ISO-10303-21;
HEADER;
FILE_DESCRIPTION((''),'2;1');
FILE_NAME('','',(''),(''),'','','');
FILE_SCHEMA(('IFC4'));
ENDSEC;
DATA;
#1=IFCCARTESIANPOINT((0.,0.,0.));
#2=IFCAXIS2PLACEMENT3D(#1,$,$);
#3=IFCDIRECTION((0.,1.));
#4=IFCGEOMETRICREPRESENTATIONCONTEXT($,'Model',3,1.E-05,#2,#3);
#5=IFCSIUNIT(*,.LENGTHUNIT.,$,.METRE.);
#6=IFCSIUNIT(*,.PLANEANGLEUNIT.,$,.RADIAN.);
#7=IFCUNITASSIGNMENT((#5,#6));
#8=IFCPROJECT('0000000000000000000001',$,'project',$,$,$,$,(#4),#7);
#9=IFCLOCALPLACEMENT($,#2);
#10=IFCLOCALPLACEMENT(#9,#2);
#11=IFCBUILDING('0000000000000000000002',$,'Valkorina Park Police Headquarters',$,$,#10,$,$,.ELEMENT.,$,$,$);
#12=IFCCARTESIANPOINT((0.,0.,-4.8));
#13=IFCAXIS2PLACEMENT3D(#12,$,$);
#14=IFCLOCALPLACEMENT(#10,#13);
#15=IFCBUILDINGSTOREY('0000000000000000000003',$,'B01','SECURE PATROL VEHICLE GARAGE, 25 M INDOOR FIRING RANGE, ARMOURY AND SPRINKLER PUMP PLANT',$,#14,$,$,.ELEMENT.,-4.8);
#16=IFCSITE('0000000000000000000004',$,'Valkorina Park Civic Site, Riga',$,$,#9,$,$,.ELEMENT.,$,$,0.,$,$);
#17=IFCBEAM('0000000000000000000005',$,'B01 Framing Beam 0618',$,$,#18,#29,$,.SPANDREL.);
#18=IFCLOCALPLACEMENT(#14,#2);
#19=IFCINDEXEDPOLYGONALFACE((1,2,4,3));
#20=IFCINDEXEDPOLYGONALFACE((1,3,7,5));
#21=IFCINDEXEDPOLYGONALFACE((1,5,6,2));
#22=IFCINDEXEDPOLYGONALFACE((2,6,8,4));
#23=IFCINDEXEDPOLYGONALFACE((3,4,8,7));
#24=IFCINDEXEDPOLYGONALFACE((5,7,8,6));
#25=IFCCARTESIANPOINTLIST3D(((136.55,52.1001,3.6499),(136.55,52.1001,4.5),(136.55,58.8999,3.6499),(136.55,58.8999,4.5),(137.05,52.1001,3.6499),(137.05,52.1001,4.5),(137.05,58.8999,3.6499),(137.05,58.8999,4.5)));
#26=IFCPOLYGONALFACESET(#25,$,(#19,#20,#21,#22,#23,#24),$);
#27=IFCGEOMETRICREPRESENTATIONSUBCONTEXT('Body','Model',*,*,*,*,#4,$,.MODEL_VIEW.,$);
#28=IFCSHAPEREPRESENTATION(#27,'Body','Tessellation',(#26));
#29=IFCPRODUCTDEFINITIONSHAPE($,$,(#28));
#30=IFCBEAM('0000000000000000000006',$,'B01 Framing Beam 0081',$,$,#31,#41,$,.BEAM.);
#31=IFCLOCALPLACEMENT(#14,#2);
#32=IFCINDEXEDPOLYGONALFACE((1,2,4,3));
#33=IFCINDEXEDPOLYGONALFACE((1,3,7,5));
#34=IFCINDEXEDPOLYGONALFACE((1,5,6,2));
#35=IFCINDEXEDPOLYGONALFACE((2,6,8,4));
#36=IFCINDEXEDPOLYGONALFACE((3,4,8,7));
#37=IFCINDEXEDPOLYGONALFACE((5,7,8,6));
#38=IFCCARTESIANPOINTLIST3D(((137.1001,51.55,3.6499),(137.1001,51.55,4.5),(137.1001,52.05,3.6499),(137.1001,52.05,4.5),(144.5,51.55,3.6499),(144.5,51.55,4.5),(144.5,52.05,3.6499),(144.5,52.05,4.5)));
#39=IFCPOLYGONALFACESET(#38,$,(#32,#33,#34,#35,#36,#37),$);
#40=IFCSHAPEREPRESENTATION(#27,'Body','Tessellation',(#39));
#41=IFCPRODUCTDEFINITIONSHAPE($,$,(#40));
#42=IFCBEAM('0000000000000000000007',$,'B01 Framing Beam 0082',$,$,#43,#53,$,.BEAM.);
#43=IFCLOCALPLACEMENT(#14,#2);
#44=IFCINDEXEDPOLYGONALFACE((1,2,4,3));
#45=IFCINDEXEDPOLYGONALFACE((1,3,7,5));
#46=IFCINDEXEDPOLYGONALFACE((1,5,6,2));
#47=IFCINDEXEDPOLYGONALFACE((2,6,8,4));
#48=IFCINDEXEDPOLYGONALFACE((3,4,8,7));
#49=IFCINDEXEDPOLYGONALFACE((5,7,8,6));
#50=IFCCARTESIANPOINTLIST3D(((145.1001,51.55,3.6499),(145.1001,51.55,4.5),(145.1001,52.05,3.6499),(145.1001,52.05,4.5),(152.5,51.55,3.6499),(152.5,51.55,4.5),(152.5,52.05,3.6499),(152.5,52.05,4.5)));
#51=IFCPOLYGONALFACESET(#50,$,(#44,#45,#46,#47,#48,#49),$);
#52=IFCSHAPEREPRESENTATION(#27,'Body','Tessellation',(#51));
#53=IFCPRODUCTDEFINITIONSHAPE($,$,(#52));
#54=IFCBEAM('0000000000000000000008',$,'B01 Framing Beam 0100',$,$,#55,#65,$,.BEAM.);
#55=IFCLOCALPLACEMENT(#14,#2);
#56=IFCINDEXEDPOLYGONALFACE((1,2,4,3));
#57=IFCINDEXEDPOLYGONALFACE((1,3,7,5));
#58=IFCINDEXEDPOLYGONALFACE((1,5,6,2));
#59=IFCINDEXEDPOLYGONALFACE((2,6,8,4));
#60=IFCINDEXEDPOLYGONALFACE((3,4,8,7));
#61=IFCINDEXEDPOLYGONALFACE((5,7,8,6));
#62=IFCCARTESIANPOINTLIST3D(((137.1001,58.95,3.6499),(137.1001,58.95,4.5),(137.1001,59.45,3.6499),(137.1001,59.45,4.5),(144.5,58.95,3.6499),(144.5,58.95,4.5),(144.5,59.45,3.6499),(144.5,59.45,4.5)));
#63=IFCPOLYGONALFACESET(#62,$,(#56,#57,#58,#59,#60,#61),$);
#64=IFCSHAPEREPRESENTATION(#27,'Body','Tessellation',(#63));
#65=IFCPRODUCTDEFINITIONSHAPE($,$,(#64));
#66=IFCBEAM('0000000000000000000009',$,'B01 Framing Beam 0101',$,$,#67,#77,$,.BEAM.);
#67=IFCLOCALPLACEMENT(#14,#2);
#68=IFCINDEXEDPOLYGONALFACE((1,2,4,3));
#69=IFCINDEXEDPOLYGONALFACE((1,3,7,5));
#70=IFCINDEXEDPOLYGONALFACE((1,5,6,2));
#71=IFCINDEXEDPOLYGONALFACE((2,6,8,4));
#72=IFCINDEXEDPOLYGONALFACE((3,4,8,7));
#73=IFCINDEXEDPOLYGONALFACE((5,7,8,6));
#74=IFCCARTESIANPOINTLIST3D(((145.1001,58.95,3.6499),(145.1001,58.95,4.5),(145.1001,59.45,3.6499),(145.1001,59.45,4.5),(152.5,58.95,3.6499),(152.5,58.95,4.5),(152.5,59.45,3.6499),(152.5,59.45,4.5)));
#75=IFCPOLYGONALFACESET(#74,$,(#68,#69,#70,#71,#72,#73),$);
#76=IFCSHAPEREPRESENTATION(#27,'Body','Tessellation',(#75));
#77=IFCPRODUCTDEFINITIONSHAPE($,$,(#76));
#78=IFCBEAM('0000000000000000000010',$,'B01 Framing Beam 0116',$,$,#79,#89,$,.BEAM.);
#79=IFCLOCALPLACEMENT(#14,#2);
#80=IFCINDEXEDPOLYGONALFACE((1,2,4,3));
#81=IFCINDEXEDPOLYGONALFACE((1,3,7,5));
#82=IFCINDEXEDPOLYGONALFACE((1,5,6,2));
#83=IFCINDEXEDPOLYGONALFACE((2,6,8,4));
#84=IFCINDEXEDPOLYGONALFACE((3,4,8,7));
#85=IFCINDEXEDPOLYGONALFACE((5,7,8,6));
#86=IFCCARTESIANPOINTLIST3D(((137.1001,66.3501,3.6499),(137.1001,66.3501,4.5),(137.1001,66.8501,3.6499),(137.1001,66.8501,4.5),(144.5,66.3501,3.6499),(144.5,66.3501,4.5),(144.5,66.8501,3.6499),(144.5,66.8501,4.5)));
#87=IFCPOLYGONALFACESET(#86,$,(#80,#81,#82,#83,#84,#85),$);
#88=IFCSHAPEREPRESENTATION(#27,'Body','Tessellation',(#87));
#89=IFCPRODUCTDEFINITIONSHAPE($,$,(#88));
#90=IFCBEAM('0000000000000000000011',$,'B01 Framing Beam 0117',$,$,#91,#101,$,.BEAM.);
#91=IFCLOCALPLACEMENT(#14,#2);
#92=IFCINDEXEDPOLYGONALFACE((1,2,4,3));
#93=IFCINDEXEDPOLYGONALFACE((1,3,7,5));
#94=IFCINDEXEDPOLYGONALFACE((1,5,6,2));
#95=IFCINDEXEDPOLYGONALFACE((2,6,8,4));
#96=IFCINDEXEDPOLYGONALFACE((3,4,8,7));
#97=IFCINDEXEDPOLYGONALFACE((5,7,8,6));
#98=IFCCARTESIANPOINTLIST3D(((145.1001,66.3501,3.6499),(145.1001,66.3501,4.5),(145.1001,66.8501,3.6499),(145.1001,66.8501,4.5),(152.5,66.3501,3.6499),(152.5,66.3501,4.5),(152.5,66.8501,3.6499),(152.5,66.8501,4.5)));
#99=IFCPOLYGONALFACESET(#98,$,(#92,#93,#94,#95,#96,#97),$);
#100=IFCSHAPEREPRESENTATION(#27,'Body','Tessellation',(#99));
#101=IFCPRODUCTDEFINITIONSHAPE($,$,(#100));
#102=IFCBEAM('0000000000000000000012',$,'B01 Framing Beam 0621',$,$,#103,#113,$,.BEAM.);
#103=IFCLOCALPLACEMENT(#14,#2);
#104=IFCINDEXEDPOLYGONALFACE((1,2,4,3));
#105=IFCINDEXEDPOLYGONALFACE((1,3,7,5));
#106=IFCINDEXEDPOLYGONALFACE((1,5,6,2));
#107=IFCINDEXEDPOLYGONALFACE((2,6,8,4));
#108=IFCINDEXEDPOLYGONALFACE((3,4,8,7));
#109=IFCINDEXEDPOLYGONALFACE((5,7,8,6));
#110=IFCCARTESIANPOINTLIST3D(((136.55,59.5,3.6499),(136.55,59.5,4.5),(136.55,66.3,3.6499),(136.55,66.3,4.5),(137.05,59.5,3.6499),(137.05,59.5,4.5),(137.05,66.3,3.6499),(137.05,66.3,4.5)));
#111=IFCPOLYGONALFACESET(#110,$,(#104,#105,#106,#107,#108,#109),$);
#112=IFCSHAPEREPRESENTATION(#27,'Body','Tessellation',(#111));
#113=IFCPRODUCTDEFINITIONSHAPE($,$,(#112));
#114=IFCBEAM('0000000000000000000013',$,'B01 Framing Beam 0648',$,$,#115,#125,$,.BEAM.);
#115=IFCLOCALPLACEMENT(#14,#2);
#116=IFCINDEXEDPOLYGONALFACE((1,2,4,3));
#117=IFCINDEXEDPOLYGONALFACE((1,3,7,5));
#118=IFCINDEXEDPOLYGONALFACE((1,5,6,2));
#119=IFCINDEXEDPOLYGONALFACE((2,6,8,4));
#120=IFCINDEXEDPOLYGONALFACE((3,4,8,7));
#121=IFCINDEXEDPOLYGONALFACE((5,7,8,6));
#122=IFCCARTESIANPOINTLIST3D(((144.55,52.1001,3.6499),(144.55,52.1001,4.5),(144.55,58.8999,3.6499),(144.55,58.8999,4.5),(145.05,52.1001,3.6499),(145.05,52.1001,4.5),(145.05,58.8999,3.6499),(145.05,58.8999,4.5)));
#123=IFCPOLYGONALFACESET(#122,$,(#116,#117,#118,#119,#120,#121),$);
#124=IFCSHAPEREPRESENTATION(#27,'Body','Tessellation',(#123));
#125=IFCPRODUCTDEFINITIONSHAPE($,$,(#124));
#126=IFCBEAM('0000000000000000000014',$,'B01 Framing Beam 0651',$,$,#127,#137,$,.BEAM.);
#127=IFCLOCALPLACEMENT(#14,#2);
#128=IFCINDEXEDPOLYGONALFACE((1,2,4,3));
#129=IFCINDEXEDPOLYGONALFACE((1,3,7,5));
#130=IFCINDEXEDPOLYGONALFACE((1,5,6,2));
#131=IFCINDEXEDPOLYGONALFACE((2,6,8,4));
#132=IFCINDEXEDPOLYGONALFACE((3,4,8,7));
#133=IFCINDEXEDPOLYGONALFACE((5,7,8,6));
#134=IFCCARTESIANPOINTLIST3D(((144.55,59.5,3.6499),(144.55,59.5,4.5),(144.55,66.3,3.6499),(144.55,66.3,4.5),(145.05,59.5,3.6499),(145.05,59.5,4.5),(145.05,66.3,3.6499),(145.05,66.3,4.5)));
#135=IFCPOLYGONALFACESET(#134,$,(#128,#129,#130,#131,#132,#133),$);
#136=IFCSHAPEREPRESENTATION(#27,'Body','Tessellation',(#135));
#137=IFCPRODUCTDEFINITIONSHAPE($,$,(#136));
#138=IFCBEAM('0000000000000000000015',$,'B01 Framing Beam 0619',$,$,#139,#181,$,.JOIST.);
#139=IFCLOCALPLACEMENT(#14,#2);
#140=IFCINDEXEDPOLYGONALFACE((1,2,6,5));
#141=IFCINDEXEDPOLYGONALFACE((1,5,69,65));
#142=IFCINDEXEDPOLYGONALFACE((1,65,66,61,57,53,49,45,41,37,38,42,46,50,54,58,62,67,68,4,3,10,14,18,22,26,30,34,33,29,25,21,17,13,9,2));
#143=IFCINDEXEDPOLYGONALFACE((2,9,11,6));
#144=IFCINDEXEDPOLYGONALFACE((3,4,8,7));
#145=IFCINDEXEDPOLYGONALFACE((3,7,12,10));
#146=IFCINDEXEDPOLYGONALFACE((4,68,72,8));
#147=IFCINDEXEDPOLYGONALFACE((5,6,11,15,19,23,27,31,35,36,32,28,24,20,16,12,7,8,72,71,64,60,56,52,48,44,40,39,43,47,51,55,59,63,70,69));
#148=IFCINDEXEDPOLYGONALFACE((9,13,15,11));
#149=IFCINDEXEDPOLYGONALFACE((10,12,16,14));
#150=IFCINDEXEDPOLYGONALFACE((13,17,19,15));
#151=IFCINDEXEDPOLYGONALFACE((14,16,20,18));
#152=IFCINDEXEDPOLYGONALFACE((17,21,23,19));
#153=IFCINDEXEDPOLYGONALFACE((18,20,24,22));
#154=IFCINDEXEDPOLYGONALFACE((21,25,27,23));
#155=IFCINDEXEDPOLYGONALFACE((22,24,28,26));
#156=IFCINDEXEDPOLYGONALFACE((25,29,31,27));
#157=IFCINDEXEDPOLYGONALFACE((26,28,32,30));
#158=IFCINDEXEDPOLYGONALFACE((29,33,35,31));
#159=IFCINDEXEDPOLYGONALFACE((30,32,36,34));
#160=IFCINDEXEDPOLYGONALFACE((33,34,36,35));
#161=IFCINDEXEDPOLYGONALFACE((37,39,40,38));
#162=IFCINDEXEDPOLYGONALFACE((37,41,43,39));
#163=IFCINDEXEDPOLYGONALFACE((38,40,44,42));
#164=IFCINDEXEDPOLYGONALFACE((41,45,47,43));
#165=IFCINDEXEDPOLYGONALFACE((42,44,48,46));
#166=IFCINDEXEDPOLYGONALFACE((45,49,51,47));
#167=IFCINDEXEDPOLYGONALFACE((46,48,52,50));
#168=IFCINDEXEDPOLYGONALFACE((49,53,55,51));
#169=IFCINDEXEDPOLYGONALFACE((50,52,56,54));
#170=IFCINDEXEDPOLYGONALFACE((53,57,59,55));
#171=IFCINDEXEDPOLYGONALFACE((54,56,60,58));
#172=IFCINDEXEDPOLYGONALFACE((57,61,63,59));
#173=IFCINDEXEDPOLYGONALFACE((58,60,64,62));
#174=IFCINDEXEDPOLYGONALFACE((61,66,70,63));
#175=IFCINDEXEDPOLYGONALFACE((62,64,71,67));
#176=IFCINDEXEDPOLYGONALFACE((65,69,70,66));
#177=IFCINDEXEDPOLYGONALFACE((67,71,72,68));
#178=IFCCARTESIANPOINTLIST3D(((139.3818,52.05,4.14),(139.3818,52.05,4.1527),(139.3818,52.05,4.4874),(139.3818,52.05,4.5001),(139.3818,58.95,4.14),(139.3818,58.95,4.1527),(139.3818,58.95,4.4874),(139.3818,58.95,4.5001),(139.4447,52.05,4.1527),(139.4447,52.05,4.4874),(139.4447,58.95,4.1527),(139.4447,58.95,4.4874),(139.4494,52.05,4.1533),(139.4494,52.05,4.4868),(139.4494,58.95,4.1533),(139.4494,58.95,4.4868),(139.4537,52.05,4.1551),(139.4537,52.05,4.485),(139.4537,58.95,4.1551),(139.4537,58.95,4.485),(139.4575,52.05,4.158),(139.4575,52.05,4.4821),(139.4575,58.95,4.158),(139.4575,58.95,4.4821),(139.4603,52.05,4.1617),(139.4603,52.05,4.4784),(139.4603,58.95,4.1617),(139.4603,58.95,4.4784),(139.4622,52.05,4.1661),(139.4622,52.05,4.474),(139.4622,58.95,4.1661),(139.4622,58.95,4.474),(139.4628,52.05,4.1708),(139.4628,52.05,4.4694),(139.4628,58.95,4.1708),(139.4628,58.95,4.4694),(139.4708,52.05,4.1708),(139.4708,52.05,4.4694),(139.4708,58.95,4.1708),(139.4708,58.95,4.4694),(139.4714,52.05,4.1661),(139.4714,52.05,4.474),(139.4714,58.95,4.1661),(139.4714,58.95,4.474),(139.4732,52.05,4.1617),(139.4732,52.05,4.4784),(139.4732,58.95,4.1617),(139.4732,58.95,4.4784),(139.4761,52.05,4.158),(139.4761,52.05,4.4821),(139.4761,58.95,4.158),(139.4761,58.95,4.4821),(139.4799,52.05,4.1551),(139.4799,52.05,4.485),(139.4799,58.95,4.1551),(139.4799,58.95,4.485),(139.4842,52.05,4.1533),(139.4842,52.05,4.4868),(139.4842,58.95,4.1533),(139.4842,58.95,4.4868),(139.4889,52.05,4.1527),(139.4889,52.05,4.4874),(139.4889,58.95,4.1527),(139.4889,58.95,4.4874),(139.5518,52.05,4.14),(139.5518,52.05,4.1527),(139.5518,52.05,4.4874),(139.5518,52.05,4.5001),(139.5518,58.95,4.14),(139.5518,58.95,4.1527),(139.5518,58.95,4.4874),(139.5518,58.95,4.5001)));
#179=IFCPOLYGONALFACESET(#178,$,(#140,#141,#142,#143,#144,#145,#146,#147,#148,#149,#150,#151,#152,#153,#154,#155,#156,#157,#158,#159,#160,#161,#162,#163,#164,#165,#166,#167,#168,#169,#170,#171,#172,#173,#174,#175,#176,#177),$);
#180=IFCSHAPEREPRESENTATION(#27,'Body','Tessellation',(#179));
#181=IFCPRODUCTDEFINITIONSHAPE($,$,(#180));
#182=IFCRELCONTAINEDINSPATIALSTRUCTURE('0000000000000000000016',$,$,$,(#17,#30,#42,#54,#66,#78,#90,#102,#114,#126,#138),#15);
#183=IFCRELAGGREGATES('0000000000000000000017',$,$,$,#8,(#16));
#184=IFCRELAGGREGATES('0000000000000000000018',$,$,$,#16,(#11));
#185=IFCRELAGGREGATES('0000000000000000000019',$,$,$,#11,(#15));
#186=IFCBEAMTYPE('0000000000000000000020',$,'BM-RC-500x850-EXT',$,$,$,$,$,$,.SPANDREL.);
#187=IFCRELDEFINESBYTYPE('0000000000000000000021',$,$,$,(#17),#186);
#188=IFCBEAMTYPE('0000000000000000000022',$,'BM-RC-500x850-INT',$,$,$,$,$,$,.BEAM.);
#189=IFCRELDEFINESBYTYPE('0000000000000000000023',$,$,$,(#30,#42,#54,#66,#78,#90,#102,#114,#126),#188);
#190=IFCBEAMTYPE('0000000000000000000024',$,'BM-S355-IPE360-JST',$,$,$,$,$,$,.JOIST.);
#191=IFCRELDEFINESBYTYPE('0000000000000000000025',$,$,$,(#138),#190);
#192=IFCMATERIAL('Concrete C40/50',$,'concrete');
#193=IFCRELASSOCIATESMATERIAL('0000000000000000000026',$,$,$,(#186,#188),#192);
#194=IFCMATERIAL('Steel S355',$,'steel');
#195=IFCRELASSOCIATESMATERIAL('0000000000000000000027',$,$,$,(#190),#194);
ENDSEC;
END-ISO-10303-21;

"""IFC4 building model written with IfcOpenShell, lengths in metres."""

from ifc_helpers import new_model, si_unit, direction, frame, origin, origin_2d, place, context, subcontext, project, spatial, rectangle, i_section, extrude, material, material_profile, profile_set, type_object, element, save


model = new_model("IFC4")

# Units and contexts
model_context = context("Model", 3, precision=1e-05, world=origin(), true_north=direction((0.0, 1.0)))
body_context = subcontext(model_context, "Body", "Model", "MODEL_VIEW")
ifc_project = project(units=[si_unit("LENGTHUNIT", "METRE"), si_unit("PLANEANGLEUNIT", "RADIAN")], contexts=[model_context])

# Site, building, storey
site_placement = place(None, origin())
site = spatial("IfcSite", under=ifc_project, at=site_placement, Name="Valkorina Park Civic Site, Riga", CompositionType="ELEMENT", RefElevation=0.0)
building_placement = place(site_placement, origin())
building = spatial("IfcBuilding", under=site, at=building_placement, Name="Valkorina Park Police Headquarters", CompositionType="ELEMENT")
storey_placement = place(building_placement, frame((0.0, 0.0, -4.8)))
storey = spatial("IfcBuildingStorey", under=building, at=storey_placement, Name="B01", Description="SECURE PATROL VEHICLE GARAGE, 25 M INDOOR FIRING RANGE, ARMOURY AND SPRINKLER PUMP PLANT", CompositionType="ELEMENT", Elevation=-4.8)

# Shared definitions
ifc_material_1 = material(Name="Concrete C40/50", Category="concrete")

# Beams
ifc_material_profile_1 = material_profile(ifc_material_1, rectangle(XDim=0.5, YDim=0.8501, at=origin_2d()), Name="RC BEAM 500x850")
ifc_profile_set_1 = profile_set([ifc_material_profile_1], Name="Concrete C40/50")
beam_type_1 = type_object("IfcBeamType", Name="BM-RC-500x850-EXT", PredefinedType="SPANDREL", material=ifc_profile_set_1)
beam_1_placement = place(storey_placement, frame((136.8, 52.1001, 4.075), z_axis=(0.0, 1.0, 0.0), x_axis=(-1.0, 0.0, 0.0)))
element("IfcBeam", 1, at=beam_1_placement, inside=storey, type_object=beam_type_1, Name="B01 Framing Beam 0618", PredefinedType="SPANDREL", context=body_context, shape_type="SweptSolid", body=[
    extrude(rectangle(XDim=0.5, YDim=0.8501, at=origin_2d()), origin(), (0.0, 0.0, 1.0), 6.7998),
])
ifc_material_profile_2 = material_profile(ifc_material_1, rectangle(XDim=0.5, YDim=0.8501, at=origin_2d()), Name="RC BEAM 500x850")
ifc_profile_set_2 = profile_set([ifc_material_profile_2], Name="Concrete C40/50")
beam_type_2 = type_object("IfcBeamType", Name="BM-RC-500x850-INT", PredefinedType="BEAM", material=ifc_profile_set_2)
for number, where, z_axis, x_axis, name in (
    (2, (137.1001, 51.8, 4.075), (1.0, 0.0, 0.0), (0.0, 1.0, 0.0), "B01 Framing Beam 0081"),
    (3, (145.1001, 51.8, 4.075), (1.0, 0.0, 0.0), (0.0, 1.0, 0.0), "B01 Framing Beam 0082"),
    (4, (137.1001, 59.2, 4.075), (1.0, 0.0, 0.0), (0.0, 1.0, 0.0), "B01 Framing Beam 0100"),
    (5, (145.1001, 59.2, 4.075), (1.0, 0.0, 0.0), (0.0, 1.0, 0.0), "B01 Framing Beam 0101"),
    (6, (137.1001, 66.6001, 4.075), (1.0, 0.0, 0.0), (0.0, 1.0, 0.0), "B01 Framing Beam 0116"),
    (7, (145.1001, 66.6001, 4.075), (1.0, 0.0, 0.0), (0.0, 1.0, 0.0), "B01 Framing Beam 0117"),
):
    element("IfcBeam", number, at=place(storey_placement, frame(where, z_axis=z_axis, x_axis=x_axis)), inside=storey, type_object=beam_type_2, Name=name, PredefinedType="BEAM", context=body_context, shape_type="SweptSolid", body=[
        extrude(rectangle(XDim=0.5, YDim=0.8501, at=origin_2d()), origin(), (0.0, 0.0, 1.0), 7.3999),
    ])
beam_2_placement = place(storey_placement, frame((136.8, 59.5, 4.075), z_axis=(0.0, 1.0, 0.0), x_axis=(-1.0, 0.0, 0.0)))
element("IfcBeam", 8, at=beam_2_placement, inside=storey, type_object=beam_type_2, Name="B01 Framing Beam 0621", PredefinedType="BEAM", context=body_context, shape_type="SweptSolid", body=[
    extrude(rectangle(XDim=0.5, YDim=0.8501, at=origin_2d()), origin(), (0.0, 0.0, 1.0), 6.8),
])
beam_3_placement = place(storey_placement, frame((144.8, 52.1001, 4.075), z_axis=(0.0, 1.0, 0.0), x_axis=(-1.0, 0.0, 0.0)))
element("IfcBeam", 9, at=beam_3_placement, inside=storey, type_object=beam_type_2, Name="B01 Framing Beam 0648", PredefinedType="BEAM", context=body_context, shape_type="SweptSolid", body=[
    extrude(rectangle(XDim=0.5, YDim=0.8501, at=origin_2d()), origin(), (0.0, 0.0, 1.0), 6.7998),
])
beam_4_placement = place(storey_placement, frame((144.8, 59.5, 4.075), z_axis=(0.0, 1.0, 0.0), x_axis=(-1.0, 0.0, 0.0)))
element("IfcBeam", 10, at=beam_4_placement, inside=storey, type_object=beam_type_2, Name="B01 Framing Beam 0651", PredefinedType="BEAM", context=body_context, shape_type="SweptSolid", body=[
    extrude(rectangle(XDim=0.5, YDim=0.8501, at=origin_2d()), origin(), (0.0, 0.0, 1.0), 6.8),
])
ifc_material_2 = material(Name="Steel S355", Category="steel")
ifc_material_profile_3 = material_profile(ifc_material_2, i_section(OverallWidth=0.1699, OverallDepth=0.3601, WebThickness=0.0081, FlangeThickness=0.0127, FilletRadius=0.0181, at=origin_2d()), Name="IPE 360")
ifc_profile_set_3 = profile_set([ifc_material_profile_3], Name="Steel S355")
beam_type_3 = type_object("IfcBeamType", Name="BM-S355-IPE360-JST", PredefinedType="JOIST", material=ifc_profile_set_3)
for number, where, z_axis, x_axis, name in (
    (11, (139.4668, 52.05, 4.3201), (0.0, 1.0, 0.0), (-1.0, 0.0, 0.0), "B01 Framing Beam 0619"),
):
    element("IfcBeam", number, at=place(storey_placement, frame(where, z_axis=z_axis, x_axis=x_axis)), inside=storey, type_object=beam_type_3, Name=name, PredefinedType="JOIST", context=body_context, shape_type="SweptSolid", body=[
        extrude(i_section(OverallWidth=0.1699, OverallDepth=0.3601, WebThickness=0.0081, FlangeThickness=0.0127, FilletRadius=0.0181, at=origin_2d()), origin(), (0.0, 0.0, 1.0), 6.8999),
    ])

save(model, "model.ifc")
